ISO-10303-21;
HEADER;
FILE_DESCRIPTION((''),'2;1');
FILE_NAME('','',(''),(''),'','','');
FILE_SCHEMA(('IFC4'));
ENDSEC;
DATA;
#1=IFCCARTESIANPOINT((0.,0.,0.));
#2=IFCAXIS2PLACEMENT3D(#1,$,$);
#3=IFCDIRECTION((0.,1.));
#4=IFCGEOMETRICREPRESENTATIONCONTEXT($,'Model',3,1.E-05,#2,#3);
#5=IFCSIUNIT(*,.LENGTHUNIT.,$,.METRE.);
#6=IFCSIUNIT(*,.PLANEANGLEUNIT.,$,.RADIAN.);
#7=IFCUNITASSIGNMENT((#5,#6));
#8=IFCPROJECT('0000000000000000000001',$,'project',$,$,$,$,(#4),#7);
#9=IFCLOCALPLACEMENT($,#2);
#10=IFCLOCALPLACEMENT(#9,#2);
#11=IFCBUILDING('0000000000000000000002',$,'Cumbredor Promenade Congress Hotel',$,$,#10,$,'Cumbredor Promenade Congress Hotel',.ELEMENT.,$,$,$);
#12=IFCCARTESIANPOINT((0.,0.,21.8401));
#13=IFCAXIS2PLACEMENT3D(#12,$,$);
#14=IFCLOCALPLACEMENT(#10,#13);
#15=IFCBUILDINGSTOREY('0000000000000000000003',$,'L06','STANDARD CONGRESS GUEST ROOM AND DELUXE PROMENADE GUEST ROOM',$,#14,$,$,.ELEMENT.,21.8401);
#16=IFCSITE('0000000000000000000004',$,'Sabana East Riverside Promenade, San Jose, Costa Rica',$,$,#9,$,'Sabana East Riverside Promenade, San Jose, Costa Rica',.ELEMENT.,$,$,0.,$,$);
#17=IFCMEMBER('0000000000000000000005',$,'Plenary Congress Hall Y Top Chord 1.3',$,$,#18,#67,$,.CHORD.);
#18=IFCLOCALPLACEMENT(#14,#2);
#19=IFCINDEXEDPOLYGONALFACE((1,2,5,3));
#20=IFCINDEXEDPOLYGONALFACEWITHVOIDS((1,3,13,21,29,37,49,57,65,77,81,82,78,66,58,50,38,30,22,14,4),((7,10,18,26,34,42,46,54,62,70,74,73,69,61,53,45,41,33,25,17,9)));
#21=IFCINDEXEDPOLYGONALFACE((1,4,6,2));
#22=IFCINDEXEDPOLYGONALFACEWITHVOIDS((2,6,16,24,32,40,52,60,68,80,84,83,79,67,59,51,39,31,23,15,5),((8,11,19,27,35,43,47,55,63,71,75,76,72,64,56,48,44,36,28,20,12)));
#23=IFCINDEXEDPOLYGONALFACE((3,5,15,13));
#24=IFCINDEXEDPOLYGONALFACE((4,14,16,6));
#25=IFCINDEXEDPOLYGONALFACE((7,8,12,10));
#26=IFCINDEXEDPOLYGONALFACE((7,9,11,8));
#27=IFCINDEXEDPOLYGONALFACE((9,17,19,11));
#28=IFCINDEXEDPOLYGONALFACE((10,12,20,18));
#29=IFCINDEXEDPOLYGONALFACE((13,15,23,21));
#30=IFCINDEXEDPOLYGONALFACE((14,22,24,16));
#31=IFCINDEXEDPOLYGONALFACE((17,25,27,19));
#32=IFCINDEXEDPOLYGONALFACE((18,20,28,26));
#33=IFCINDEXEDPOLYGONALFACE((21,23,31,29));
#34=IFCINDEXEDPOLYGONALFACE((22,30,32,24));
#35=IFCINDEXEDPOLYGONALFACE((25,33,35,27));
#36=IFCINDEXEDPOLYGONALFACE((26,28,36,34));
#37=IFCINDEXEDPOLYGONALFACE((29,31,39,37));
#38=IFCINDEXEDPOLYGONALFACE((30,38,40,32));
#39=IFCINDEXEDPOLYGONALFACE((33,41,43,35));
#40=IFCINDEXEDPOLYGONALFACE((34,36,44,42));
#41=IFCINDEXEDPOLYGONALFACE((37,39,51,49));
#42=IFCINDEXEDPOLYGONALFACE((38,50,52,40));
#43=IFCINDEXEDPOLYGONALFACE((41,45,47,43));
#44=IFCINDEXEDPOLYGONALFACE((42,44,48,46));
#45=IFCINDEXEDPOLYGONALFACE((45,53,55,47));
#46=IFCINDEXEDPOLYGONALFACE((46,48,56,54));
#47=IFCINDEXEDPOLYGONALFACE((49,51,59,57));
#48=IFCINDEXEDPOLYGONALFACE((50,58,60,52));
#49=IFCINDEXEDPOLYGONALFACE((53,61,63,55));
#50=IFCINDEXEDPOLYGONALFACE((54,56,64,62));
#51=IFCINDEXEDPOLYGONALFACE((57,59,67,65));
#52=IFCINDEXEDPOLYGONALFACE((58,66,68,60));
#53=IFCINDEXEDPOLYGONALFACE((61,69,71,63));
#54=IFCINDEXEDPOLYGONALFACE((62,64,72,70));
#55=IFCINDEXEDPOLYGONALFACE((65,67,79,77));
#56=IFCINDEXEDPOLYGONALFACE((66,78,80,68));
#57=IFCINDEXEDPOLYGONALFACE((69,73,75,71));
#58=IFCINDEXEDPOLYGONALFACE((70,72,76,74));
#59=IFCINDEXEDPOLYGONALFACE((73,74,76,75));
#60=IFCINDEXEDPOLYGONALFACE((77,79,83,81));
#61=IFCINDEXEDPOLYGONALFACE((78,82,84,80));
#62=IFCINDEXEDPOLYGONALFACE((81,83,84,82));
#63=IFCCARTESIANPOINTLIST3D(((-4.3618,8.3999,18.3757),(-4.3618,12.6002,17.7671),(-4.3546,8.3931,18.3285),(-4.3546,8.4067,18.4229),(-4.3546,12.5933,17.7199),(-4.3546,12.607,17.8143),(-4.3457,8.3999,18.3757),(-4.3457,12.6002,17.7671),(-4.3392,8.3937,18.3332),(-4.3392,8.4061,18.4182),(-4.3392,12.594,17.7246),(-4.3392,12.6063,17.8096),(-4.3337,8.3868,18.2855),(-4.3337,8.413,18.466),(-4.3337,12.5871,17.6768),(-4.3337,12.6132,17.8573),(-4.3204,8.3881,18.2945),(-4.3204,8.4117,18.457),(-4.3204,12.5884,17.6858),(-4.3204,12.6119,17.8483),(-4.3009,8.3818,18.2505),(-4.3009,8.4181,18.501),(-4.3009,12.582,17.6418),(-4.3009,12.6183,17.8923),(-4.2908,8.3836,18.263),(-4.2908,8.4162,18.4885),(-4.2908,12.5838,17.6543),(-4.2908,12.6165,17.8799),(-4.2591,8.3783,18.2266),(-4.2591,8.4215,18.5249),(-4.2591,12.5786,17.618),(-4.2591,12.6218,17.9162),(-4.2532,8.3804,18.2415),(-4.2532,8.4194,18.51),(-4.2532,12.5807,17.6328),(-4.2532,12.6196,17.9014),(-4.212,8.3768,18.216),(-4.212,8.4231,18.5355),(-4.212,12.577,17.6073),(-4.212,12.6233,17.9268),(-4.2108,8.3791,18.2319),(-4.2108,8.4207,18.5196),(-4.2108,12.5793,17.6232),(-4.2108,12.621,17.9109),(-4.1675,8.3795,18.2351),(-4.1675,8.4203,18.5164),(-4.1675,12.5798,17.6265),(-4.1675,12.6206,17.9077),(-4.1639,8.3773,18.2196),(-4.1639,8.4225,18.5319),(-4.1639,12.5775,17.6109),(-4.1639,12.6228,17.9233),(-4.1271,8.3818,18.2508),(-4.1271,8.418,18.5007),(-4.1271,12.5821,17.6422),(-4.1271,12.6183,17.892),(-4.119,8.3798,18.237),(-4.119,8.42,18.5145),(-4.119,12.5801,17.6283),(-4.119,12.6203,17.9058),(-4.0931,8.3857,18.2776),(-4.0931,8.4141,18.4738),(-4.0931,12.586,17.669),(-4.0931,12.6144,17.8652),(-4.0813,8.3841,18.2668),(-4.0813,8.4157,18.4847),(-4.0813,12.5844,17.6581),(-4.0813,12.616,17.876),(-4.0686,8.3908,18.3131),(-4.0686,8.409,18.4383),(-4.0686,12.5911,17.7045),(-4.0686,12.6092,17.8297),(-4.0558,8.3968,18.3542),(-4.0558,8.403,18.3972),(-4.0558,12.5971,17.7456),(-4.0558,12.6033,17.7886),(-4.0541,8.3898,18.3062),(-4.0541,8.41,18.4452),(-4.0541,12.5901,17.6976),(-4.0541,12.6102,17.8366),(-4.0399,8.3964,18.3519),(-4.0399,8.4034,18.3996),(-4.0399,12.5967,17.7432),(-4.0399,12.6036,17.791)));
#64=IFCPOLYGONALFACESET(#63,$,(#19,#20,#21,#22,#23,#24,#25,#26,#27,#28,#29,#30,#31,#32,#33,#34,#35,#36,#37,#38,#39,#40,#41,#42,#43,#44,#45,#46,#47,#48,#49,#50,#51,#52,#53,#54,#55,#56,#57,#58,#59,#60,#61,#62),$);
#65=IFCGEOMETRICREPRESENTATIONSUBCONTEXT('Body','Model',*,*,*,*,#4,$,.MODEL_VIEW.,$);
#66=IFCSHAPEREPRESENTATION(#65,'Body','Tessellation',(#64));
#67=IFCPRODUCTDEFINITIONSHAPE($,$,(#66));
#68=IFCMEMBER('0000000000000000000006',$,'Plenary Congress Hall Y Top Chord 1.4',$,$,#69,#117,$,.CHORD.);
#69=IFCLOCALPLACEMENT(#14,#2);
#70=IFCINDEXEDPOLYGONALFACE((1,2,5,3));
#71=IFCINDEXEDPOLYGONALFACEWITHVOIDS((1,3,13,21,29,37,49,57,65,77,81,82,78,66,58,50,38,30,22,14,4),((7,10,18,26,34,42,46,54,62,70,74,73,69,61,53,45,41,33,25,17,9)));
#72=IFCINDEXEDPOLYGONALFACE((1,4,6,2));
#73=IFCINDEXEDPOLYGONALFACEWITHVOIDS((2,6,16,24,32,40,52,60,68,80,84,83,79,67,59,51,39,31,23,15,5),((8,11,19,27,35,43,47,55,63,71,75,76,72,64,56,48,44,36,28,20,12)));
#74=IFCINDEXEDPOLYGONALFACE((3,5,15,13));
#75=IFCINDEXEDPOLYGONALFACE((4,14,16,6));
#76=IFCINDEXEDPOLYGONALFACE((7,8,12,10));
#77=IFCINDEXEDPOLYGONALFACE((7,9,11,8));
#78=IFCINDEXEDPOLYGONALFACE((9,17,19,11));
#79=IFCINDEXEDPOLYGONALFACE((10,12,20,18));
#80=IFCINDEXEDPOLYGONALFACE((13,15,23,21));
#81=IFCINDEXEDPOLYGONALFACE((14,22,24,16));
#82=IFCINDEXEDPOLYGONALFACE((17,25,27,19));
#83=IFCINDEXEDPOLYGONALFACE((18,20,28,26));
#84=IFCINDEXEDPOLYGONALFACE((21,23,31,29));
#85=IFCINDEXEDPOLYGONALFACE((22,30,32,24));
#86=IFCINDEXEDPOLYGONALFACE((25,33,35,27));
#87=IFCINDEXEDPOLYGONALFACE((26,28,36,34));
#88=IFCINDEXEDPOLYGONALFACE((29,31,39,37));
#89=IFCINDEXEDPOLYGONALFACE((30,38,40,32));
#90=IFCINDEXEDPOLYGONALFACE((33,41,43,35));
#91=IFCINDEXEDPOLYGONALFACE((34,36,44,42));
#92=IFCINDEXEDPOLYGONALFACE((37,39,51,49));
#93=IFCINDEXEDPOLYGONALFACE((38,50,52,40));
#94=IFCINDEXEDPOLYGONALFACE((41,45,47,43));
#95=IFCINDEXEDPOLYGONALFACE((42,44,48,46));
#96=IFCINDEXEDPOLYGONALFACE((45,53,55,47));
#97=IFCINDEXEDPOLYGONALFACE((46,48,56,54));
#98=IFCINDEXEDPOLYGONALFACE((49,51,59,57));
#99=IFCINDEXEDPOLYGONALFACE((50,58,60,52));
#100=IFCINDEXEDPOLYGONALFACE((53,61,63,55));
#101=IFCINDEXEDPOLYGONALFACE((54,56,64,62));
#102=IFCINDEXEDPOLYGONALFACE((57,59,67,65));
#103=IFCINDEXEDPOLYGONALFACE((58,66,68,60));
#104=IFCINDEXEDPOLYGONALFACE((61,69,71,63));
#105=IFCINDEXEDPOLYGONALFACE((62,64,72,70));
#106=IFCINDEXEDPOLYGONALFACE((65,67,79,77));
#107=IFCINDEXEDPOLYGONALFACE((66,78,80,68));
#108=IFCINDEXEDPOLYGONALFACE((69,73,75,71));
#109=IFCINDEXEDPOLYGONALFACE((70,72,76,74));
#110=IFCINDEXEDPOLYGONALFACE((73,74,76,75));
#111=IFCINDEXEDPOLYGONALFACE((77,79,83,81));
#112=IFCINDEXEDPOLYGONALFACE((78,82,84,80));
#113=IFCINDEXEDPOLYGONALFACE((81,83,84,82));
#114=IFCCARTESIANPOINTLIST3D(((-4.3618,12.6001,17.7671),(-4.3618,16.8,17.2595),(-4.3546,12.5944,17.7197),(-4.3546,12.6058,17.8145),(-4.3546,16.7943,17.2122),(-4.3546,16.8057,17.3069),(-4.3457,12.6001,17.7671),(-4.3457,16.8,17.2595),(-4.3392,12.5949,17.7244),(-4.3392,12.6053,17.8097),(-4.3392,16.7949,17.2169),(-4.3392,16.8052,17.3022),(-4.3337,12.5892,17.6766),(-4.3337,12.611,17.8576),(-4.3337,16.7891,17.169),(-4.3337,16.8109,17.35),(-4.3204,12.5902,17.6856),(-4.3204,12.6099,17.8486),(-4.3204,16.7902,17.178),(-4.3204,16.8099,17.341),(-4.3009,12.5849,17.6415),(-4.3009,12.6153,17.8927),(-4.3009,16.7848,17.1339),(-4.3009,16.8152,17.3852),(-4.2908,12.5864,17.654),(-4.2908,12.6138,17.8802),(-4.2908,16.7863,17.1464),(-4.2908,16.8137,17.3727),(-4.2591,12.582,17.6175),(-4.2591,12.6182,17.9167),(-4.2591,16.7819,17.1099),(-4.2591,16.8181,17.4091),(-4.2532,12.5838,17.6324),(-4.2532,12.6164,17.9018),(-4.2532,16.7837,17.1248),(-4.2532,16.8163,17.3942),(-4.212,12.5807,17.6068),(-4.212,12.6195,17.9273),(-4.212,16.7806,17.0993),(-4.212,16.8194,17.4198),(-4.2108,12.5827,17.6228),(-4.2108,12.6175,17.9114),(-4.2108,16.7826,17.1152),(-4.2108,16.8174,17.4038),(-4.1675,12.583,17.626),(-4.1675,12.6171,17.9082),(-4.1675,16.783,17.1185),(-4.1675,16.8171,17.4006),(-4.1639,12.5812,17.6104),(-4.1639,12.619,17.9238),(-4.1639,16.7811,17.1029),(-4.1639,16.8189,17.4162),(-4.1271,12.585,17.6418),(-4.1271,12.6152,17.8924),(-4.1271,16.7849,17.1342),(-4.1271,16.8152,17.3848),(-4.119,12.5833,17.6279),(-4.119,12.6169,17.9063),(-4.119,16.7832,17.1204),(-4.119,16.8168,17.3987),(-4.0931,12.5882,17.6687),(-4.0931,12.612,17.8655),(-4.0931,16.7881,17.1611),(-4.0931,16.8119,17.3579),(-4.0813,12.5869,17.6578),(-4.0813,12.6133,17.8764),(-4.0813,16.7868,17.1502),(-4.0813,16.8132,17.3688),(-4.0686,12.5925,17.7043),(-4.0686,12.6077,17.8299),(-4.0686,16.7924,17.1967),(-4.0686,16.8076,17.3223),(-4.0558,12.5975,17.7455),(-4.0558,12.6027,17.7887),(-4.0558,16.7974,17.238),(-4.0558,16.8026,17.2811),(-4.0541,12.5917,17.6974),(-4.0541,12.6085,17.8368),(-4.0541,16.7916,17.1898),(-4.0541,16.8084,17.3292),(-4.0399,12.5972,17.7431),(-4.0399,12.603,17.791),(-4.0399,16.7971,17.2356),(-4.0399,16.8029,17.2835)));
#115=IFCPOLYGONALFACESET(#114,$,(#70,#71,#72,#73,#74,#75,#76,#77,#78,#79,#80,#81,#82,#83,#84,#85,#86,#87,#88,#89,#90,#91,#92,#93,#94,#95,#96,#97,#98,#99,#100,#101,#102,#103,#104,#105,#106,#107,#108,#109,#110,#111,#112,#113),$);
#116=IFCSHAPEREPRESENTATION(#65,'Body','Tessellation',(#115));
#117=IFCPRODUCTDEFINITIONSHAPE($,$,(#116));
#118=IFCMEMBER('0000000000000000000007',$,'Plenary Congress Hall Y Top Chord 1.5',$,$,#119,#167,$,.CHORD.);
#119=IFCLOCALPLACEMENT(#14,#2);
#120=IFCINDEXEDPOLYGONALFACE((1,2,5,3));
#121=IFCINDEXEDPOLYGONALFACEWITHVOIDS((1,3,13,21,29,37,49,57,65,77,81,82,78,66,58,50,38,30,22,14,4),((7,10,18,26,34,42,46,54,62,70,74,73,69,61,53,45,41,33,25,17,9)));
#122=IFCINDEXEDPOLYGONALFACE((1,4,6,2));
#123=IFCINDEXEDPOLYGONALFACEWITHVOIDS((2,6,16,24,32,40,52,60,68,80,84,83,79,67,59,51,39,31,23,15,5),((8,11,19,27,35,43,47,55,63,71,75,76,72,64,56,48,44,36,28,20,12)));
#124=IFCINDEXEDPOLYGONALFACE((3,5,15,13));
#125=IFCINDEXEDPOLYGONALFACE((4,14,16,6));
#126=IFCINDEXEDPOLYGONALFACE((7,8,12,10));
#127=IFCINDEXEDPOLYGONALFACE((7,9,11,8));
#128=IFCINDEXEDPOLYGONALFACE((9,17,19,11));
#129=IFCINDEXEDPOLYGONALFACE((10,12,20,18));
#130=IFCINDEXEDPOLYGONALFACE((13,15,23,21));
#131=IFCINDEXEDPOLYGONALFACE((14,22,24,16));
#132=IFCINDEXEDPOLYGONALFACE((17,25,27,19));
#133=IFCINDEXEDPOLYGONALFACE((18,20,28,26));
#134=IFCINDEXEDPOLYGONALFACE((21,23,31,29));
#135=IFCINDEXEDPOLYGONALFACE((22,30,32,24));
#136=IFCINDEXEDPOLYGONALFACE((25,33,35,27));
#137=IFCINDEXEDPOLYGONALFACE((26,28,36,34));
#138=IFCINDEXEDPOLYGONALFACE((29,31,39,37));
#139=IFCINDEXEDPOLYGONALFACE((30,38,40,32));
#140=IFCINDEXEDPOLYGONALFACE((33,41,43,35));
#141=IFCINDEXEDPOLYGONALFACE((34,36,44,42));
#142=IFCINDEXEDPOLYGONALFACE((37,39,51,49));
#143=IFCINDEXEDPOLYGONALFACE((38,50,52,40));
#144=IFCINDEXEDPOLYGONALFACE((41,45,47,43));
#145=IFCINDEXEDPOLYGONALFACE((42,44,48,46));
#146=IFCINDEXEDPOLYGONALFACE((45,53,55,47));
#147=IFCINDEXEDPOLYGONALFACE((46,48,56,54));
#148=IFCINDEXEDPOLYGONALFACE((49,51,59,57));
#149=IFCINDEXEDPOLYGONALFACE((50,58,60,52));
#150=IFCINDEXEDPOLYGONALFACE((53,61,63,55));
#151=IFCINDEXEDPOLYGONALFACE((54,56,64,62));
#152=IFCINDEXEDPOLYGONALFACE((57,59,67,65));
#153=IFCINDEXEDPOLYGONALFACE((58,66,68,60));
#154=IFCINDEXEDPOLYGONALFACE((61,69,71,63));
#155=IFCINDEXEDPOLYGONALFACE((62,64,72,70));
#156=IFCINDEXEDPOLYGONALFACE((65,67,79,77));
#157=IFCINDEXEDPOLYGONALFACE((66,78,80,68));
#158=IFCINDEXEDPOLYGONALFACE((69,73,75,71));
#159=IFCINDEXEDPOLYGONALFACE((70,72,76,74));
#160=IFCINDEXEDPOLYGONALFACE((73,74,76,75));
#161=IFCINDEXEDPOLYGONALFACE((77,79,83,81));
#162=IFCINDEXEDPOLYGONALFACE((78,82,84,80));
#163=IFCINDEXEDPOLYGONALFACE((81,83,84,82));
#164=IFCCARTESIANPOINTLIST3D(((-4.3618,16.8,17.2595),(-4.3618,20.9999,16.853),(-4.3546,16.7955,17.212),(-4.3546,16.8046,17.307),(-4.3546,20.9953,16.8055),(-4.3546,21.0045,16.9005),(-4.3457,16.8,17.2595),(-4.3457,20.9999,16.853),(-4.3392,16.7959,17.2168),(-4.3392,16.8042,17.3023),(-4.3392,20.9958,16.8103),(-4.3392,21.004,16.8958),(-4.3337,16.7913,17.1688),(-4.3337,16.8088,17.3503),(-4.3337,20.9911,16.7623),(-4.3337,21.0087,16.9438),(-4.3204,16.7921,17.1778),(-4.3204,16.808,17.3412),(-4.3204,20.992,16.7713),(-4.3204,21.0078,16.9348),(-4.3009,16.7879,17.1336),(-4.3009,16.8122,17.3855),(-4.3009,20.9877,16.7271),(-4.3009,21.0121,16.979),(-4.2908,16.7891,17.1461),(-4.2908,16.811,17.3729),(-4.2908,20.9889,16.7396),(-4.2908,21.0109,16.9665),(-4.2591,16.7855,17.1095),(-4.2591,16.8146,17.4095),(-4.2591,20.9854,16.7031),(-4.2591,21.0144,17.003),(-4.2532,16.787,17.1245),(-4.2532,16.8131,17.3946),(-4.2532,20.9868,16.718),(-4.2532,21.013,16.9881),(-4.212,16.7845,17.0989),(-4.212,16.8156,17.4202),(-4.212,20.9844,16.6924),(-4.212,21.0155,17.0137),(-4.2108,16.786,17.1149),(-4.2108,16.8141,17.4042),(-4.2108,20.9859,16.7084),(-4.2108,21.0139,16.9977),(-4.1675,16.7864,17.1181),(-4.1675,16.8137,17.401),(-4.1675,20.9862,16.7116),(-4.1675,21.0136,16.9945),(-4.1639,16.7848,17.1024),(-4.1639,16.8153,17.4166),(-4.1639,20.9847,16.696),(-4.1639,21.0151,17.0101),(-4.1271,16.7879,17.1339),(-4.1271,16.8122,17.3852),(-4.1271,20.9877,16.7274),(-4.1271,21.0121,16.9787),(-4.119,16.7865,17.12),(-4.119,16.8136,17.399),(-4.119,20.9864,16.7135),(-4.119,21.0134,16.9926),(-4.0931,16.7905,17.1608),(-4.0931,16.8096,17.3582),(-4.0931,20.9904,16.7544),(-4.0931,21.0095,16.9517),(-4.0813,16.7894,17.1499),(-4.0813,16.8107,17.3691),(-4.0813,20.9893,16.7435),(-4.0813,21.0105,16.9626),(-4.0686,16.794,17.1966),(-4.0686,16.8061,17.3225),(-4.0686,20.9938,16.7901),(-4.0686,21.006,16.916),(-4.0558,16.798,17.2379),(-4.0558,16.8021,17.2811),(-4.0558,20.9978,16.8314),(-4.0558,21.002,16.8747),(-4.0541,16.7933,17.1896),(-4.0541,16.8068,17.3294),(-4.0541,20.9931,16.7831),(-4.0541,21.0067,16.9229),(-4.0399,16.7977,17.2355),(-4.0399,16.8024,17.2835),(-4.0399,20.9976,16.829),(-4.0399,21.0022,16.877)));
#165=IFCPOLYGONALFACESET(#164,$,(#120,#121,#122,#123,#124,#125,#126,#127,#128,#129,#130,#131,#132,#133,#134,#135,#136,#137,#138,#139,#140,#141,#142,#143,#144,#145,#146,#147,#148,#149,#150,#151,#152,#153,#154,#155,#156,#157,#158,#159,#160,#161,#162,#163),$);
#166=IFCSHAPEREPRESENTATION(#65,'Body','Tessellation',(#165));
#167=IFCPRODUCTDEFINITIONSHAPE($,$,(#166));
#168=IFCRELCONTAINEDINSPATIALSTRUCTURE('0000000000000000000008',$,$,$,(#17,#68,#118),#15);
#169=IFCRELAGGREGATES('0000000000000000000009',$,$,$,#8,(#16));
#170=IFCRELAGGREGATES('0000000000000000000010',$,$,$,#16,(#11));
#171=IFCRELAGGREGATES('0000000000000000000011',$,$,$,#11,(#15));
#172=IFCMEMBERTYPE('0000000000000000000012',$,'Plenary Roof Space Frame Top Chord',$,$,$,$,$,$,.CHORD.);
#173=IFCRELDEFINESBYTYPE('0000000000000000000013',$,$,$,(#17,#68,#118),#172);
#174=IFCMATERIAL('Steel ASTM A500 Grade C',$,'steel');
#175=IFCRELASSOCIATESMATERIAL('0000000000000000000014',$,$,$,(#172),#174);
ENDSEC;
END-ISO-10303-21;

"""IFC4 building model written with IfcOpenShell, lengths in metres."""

from ifc_helpers import new_model, si_unit, direction, frame, origin, origin_2d, place, context, subcontext, project, spatial, hollow_circle, extrude, material, material_profile, profile_set, type_object, element, save


model = new_model("IFC4")

# Units and contexts
model_context = context("Model", 3, precision=1e-05, world=origin(), true_north=direction((0.0, 1.0)))
body_context = subcontext(model_context, "Body", "Model", "MODEL_VIEW")
ifc_project = project(units=[si_unit("LENGTHUNIT", "METRE"), si_unit("PLANEANGLEUNIT", "RADIAN")], contexts=[model_context])

# Site, building, storey
site_placement = place(None, origin())
site = spatial("IfcSite", under=ifc_project, at=site_placement, Name="Sabana East Riverside Promenade, San Jose, Costa Rica", LongName="Sabana East Riverside Promenade, San Jose, Costa Rica", CompositionType="ELEMENT", RefElevation=0.0)
building_placement = place(site_placement, origin())
building = spatial("IfcBuilding", under=site, at=building_placement, Name="Cumbredor Promenade Congress Hotel", LongName="Cumbredor Promenade Congress Hotel", CompositionType="ELEMENT")
storey_placement = place(building_placement, frame((0.0, 0.0, 21.8401)))
storey = spatial("IfcBuildingStorey", under=building, at=storey_placement, Name="L06", Description="STANDARD CONGRESS GUEST ROOM AND DELUXE PROMENADE GUEST ROOM", CompositionType="ELEMENT", Elevation=21.8401)

# Members
ifc_material_1 = material(Name="Steel ASTM A500 Grade C", Category="steel")
ifc_material_profile_1 = material_profile(ifc_material_1, hollow_circle(Radius=0.1619, WallThickness=0.0161, at=origin_2d()), Name="CHS 323.9x16")
ifc_profile_set_1 = profile_set([ifc_material_profile_1], Name="Steel ASTM A500 Grade C")
member_type_1 = type_object("IfcMemberType", Name="Plenary Roof Space Frame Top Chord", PredefinedType="CHORD", material=ifc_profile_set_1)
member_1_placement = place(storey_placement, frame((-4.2, 8.3999, 18.3757), z_axis=(0.0, 0.989663, -0.14341), x_axis=(-1.0, 0.0, 0.0)))
element("IfcMember", 1, at=member_1_placement, inside=storey, type_object=member_type_1, Name="Plenary Congress Hall Y Top Chord 1.3", PredefinedType="CHORD", context=body_context, shape_type="SweptSolid", body=[
    extrude(hollow_circle(Radius=0.1619, WallThickness=0.0161, at=origin_2d()), origin(), (0.0, 0.0, 1.0), 4.2441),
])
member_2_placement = place(storey_placement, frame((-4.2, 12.6001, 17.7671), z_axis=(0.0, 0.992777, -0.119978), x_axis=(-1.0, 0.0, 0.0)))
element("IfcMember", 2, at=member_2_placement, inside=storey, type_object=member_type_1, Name="Plenary Congress Hall Y Top Chord 1.4", PredefinedType="CHORD", context=body_context, shape_type="SweptSolid", body=[
    extrude(hollow_circle(Radius=0.1619, WallThickness=0.0161, at=origin_2d()), origin(), (0.0, 0.0, 1.0), 4.2305),
])
member_3_placement = place(storey_placement, frame((-4.2, 16.8, 17.2595), z_axis=(0.0, 0.995349, -0.096335), x_axis=(-1.0, 0.0, 0.0)))
element("IfcMember", 3, at=member_3_placement, inside=storey, type_object=member_type_1, Name="Plenary Congress Hall Y Top Chord 1.5", PredefinedType="CHORD", context=body_context, shape_type="SweptSolid", body=[
    extrude(hollow_circle(Radius=0.1619, WallThickness=0.0161, at=origin_2d()), origin(), (0.0, 0.0, 1.0), 4.2195),
])

save(model, "model.ifc")
